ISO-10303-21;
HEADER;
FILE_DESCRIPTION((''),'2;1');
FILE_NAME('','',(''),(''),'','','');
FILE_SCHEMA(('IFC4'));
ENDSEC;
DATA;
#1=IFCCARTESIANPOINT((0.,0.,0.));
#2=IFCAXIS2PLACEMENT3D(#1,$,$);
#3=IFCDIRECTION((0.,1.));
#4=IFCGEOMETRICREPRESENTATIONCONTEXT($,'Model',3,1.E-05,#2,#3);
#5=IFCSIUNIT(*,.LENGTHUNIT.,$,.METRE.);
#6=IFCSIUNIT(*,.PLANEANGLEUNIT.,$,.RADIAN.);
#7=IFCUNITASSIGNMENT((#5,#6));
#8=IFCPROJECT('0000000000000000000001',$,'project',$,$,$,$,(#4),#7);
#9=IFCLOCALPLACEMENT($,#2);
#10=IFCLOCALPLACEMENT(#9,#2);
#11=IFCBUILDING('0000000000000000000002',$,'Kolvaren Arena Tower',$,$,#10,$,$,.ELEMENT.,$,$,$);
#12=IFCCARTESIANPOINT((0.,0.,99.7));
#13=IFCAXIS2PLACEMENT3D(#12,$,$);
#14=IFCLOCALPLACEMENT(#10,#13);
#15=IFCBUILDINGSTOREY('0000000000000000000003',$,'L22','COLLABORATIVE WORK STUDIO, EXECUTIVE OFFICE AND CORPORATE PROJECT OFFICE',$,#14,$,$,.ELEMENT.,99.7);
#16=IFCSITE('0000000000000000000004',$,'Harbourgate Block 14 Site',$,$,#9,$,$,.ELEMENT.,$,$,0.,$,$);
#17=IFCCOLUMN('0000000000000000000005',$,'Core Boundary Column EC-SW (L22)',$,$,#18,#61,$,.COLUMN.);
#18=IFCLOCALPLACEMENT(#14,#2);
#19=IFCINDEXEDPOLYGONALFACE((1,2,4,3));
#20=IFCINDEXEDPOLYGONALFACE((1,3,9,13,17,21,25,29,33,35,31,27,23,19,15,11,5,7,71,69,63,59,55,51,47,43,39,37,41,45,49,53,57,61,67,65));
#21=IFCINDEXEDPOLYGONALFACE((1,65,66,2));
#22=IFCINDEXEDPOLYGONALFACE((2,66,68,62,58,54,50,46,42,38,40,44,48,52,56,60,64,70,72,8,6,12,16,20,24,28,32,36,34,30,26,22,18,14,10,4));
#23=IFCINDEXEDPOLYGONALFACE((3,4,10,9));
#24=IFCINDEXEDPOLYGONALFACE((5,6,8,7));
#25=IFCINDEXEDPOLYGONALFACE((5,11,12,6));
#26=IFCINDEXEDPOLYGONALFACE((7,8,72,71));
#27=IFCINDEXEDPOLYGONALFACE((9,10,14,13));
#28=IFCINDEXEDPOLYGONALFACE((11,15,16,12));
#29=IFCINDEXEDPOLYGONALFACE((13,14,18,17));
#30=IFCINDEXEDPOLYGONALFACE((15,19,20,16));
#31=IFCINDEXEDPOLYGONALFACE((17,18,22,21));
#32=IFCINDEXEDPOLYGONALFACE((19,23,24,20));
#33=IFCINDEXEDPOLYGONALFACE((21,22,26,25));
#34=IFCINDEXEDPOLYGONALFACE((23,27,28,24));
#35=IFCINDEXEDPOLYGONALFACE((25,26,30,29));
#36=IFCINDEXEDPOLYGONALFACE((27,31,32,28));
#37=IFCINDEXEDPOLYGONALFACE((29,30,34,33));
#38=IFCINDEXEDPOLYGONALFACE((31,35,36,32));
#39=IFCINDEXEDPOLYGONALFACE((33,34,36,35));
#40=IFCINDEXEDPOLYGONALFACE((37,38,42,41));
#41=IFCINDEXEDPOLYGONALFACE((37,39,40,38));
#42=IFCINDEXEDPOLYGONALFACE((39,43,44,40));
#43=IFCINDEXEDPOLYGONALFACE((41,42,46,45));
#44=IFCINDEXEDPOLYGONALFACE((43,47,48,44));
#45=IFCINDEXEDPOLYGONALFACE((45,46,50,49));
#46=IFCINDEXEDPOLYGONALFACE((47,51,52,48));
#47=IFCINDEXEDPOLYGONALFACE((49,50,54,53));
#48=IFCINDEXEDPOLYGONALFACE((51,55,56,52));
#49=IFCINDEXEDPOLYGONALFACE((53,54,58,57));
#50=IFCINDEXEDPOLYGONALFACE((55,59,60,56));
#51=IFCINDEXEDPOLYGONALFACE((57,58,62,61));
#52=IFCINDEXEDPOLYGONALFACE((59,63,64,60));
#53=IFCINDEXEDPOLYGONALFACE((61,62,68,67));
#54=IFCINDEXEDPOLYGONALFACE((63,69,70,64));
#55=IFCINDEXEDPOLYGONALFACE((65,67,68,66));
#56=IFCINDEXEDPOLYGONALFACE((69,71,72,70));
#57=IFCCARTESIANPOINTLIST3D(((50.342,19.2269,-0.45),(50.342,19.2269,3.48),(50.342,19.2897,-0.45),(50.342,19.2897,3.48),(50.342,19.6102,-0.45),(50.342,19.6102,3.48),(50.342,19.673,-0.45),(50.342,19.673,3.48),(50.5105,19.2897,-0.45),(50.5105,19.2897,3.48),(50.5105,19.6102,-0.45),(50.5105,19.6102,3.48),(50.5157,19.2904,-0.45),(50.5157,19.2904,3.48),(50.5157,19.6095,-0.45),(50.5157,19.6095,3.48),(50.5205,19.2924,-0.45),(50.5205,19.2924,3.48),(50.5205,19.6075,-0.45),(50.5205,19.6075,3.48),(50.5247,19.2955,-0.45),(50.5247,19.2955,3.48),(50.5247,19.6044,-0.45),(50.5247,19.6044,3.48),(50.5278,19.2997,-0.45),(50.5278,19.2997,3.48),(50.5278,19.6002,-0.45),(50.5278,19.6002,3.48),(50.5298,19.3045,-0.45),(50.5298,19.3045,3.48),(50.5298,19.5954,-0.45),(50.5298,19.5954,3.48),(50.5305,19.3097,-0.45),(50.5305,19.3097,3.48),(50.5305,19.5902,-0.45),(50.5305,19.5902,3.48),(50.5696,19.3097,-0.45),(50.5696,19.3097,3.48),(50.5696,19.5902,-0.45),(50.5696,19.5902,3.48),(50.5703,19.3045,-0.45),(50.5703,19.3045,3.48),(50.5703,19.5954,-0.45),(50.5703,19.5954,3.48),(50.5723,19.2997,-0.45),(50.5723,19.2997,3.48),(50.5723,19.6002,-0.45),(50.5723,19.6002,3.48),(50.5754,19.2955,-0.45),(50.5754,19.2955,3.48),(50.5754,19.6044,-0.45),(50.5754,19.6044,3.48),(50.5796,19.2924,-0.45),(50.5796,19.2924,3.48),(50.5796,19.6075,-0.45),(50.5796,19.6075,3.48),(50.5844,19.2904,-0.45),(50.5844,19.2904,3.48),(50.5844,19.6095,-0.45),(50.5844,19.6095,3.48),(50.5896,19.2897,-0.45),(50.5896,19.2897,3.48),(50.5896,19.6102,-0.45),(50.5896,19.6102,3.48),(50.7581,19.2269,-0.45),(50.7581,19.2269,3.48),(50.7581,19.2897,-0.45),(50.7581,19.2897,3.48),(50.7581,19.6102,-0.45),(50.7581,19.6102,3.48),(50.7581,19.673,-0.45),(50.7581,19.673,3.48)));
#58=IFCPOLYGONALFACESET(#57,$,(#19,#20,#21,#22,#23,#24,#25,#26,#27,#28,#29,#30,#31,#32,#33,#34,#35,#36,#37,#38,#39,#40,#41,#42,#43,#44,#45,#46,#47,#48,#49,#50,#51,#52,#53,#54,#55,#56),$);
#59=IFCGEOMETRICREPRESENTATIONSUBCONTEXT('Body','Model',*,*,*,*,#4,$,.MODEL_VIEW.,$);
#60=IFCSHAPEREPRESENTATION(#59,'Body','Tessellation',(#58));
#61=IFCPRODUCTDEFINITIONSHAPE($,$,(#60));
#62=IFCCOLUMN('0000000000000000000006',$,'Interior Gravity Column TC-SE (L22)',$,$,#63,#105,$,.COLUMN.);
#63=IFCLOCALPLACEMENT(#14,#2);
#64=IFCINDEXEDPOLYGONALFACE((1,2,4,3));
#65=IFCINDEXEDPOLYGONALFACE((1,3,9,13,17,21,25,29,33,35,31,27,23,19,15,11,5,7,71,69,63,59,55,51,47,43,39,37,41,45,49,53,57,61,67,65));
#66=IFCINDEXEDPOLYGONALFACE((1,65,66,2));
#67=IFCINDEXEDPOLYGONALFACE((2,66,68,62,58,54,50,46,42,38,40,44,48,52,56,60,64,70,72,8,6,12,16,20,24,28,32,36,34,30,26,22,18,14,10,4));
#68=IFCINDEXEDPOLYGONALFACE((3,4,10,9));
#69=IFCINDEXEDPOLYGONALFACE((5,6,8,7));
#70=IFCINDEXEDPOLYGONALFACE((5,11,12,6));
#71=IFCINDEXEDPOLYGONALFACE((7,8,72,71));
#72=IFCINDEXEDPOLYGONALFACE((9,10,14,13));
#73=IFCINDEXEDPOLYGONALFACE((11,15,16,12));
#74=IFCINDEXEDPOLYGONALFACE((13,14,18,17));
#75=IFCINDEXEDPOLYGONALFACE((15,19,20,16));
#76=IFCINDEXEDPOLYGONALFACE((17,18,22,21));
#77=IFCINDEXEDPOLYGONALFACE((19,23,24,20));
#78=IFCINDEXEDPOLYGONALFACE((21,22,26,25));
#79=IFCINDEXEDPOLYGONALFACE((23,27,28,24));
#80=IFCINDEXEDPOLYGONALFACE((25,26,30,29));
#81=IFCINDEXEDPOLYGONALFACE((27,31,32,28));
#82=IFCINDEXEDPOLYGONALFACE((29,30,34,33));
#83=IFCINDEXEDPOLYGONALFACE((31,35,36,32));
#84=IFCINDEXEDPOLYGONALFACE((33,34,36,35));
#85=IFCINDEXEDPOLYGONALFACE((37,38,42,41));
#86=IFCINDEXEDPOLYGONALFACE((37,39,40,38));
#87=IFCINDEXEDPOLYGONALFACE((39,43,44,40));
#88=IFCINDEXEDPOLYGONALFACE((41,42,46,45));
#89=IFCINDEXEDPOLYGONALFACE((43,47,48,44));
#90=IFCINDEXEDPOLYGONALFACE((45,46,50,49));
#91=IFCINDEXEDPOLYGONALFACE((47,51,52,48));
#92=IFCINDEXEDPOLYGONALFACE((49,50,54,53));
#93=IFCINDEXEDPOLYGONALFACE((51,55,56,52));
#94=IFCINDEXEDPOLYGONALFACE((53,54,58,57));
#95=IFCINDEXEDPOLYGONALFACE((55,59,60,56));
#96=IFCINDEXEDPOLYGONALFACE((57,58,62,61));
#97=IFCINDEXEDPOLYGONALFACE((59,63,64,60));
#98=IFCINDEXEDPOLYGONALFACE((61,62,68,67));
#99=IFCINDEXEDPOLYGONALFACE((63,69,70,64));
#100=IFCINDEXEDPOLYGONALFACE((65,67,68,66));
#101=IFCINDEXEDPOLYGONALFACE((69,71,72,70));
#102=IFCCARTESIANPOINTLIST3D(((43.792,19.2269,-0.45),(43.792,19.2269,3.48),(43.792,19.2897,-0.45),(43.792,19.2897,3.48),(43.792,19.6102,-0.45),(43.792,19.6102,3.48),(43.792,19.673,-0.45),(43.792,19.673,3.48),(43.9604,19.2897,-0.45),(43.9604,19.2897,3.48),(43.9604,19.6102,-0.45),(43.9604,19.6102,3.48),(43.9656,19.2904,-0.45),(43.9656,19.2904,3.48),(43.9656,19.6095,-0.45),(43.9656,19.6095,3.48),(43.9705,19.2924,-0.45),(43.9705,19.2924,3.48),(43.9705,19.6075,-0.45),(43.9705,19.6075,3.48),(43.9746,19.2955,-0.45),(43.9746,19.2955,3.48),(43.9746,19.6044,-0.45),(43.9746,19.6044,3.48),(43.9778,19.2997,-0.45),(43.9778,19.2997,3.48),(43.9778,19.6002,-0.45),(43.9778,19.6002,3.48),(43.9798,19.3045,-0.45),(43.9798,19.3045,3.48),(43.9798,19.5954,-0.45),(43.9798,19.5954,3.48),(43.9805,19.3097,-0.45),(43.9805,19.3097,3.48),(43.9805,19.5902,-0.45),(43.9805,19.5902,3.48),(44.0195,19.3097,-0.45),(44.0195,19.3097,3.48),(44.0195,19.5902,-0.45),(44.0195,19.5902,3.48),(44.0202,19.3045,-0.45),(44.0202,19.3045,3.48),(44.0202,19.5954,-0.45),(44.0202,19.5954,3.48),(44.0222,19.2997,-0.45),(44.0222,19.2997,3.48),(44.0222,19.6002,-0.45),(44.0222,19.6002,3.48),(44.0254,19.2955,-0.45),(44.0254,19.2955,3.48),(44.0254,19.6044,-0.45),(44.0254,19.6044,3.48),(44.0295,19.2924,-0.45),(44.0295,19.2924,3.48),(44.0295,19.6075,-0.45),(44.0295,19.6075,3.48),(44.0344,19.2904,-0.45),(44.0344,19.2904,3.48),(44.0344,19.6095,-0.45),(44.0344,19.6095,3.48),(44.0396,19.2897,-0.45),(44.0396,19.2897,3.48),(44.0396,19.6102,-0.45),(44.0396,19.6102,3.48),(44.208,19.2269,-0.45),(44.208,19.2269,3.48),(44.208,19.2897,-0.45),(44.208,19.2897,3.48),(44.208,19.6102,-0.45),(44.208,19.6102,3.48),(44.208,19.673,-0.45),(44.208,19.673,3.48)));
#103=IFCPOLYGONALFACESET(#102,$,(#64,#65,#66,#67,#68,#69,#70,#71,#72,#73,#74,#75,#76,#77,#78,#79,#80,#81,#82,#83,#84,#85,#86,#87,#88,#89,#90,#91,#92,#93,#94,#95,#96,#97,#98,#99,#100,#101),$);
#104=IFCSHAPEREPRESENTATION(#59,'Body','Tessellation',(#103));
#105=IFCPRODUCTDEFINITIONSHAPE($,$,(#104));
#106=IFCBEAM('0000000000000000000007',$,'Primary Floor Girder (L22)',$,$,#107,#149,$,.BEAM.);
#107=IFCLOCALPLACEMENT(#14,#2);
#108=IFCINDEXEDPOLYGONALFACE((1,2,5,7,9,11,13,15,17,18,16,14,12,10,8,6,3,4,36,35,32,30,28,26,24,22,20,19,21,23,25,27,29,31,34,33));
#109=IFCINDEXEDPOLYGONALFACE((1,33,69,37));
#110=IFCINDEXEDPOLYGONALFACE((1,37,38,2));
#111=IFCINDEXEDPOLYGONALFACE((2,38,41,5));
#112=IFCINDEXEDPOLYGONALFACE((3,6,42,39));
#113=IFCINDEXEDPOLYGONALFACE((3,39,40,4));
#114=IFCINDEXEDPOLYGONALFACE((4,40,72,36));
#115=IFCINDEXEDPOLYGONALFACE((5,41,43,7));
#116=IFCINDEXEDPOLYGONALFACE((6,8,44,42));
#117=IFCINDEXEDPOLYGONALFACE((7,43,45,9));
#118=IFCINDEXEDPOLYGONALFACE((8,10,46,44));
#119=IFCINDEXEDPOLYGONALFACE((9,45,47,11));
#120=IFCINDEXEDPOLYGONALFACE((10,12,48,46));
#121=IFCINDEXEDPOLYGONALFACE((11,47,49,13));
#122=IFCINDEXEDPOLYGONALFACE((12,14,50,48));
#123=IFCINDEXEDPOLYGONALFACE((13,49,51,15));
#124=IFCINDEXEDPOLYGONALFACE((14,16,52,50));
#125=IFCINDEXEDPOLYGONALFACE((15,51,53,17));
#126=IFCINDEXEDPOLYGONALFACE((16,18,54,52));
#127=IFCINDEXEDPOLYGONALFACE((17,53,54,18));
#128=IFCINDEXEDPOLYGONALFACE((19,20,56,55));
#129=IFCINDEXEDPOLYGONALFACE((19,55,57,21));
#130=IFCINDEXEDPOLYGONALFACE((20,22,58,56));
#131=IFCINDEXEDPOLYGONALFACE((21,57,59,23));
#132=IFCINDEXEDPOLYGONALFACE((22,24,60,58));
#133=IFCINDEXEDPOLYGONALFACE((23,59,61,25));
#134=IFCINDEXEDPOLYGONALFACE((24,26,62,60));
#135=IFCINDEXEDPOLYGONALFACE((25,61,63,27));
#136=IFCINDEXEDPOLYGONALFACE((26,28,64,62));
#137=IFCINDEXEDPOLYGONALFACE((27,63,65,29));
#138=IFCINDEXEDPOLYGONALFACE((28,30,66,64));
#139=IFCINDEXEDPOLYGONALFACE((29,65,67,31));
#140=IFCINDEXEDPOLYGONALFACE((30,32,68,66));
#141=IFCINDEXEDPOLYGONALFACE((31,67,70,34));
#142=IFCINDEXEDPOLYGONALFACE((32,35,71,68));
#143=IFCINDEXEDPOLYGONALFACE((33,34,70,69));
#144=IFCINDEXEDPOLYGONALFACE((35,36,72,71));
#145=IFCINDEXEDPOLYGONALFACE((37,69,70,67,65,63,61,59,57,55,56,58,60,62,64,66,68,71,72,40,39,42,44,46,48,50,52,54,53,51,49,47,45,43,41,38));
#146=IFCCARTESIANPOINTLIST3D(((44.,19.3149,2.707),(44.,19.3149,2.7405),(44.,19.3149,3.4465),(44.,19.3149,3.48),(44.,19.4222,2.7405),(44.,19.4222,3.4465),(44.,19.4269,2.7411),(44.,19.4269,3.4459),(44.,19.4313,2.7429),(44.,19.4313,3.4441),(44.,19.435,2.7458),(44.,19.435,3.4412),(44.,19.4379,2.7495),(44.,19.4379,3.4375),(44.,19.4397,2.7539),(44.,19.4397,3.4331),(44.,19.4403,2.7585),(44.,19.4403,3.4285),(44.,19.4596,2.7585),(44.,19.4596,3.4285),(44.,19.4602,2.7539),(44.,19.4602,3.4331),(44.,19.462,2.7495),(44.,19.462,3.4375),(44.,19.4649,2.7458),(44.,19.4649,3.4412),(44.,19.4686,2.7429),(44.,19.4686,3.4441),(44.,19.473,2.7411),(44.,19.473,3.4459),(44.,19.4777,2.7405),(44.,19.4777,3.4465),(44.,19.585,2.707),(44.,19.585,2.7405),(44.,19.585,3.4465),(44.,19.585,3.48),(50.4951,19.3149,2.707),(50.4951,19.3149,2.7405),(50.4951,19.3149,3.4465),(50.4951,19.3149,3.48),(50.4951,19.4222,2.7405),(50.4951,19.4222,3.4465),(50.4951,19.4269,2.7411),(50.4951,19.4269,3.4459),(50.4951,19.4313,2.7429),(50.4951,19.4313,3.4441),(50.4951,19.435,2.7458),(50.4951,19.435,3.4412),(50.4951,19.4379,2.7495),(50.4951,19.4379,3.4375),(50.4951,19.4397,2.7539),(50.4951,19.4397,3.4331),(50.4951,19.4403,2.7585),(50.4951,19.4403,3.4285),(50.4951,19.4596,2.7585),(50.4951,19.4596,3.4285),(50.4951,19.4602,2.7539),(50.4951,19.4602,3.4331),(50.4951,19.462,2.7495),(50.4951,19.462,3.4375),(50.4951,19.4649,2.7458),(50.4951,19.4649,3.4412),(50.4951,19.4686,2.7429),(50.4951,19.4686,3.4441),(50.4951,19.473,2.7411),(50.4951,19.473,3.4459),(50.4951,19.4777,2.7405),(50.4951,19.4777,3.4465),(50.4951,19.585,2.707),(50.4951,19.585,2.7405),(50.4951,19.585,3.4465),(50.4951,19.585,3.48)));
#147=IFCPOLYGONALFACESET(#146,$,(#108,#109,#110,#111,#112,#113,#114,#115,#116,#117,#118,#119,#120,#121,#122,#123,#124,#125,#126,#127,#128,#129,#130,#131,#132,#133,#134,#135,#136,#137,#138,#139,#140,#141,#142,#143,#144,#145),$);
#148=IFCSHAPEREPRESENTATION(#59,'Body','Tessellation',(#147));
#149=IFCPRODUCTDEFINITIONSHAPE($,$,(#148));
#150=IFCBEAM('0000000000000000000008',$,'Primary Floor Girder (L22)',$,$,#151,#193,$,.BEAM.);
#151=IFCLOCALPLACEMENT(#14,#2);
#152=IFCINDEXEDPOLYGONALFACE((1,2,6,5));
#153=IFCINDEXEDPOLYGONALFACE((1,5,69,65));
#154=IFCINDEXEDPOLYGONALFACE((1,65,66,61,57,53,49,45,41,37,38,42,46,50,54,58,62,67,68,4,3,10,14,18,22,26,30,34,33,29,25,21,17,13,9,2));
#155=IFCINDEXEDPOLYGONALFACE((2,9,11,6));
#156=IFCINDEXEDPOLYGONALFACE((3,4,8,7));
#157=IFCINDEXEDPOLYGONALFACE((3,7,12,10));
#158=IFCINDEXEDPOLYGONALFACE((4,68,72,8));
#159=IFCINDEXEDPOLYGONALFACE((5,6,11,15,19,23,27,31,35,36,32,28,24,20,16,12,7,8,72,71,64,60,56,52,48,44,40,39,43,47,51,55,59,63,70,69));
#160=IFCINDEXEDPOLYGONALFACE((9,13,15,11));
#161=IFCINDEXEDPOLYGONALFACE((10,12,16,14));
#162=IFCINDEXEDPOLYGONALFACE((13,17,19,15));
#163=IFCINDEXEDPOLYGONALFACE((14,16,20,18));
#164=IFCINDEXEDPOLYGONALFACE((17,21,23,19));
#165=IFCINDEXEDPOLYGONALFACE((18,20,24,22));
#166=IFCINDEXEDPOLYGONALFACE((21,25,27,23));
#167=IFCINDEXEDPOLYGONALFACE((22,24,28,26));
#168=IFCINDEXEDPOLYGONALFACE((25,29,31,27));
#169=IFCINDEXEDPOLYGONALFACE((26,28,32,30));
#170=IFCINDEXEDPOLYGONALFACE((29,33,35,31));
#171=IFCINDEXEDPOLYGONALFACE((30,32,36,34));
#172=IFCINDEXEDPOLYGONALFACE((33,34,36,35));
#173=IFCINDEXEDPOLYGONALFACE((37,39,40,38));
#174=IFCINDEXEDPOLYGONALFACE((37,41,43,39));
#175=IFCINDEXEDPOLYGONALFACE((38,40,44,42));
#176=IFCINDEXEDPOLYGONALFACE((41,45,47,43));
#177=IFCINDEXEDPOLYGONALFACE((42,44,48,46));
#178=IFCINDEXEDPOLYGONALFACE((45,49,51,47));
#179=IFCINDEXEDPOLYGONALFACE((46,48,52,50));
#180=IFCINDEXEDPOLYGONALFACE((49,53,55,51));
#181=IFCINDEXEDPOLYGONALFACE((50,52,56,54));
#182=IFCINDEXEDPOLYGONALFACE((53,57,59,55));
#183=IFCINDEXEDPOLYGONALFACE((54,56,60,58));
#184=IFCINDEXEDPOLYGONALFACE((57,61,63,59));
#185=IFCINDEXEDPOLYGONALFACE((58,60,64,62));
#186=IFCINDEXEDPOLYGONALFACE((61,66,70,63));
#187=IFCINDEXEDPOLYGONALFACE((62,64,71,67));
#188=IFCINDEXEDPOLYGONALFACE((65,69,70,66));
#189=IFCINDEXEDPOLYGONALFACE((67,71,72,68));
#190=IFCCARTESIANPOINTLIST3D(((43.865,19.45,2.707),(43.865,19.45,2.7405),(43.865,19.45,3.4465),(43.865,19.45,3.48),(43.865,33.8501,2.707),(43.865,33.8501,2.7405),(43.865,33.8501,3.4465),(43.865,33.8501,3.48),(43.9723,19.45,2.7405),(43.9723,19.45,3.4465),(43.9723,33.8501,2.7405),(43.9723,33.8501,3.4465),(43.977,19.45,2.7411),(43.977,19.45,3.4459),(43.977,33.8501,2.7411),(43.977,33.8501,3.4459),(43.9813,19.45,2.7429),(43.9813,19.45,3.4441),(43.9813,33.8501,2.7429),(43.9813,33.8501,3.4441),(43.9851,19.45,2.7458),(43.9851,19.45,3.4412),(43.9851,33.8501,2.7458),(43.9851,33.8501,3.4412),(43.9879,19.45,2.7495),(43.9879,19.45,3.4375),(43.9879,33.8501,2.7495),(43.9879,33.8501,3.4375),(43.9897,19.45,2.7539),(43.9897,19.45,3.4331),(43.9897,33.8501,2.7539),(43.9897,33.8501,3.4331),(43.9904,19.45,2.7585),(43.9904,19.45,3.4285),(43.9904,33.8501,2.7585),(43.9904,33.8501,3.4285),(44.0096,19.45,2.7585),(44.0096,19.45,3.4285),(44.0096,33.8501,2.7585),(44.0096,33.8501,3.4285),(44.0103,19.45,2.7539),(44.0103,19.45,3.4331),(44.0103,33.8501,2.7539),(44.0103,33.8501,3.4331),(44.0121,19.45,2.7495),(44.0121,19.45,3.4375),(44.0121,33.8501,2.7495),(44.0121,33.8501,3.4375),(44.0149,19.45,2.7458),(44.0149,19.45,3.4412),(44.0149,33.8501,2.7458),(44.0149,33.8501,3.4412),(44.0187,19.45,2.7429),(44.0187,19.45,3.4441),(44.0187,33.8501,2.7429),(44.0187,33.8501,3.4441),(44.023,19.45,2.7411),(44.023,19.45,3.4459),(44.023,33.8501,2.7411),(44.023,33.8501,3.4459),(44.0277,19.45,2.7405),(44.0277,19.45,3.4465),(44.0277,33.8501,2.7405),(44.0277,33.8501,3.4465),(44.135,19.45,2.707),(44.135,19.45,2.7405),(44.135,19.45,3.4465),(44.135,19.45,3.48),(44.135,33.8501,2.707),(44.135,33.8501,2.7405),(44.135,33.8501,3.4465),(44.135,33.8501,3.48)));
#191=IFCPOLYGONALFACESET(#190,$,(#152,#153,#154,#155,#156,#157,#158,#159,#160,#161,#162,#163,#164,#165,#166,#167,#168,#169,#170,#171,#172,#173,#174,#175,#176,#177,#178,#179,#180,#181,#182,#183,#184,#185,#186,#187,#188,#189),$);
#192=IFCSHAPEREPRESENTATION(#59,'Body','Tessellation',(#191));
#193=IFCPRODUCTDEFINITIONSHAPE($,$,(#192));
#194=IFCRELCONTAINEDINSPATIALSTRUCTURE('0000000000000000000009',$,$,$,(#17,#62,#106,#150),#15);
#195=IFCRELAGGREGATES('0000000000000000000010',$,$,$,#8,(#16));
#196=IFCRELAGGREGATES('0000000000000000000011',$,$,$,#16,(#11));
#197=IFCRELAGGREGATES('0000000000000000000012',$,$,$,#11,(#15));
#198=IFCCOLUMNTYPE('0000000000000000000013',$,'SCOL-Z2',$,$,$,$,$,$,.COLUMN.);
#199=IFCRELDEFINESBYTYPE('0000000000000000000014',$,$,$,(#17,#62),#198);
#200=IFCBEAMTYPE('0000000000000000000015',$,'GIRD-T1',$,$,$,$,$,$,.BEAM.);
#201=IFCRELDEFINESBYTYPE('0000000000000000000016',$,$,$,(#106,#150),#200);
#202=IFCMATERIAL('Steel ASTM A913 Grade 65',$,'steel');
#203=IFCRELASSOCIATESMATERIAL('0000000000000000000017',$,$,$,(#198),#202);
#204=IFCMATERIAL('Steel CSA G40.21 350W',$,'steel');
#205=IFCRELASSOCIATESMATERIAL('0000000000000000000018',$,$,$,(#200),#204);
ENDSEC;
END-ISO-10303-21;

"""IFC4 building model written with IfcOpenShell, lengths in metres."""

from ifc_helpers import new_model, si_unit, direction, frame, origin, origin_2d, place, context, subcontext, project, spatial, i_section, extrude, material, material_profile, profile_set, type_object, element, save


model = new_model("IFC4")

# Units and contexts
model_context = context("Model", 3, precision=1e-05, world=origin(), true_north=direction((0.0, 1.0)))
body_context = subcontext(model_context, "Body", "Model", "MODEL_VIEW")
ifc_project = project(units=[si_unit("LENGTHUNIT", "METRE"), si_unit("PLANEANGLEUNIT", "RADIAN")], contexts=[model_context])

# Site, building, storey
site_placement = place(None, origin())
site = spatial("IfcSite", under=ifc_project, at=site_placement, Name="Harbourgate Block 14 Site", CompositionType="ELEMENT", RefElevation=0.0)
building_placement = place(site_placement, origin())
building = spatial("IfcBuilding", under=site, at=building_placement, Name="Kolvaren Arena Tower", CompositionType="ELEMENT")
storey_placement = place(building_placement, frame((0.0, 0.0, 99.7)))
storey = spatial("IfcBuildingStorey", under=building, at=storey_placement, Name="L22", Description="COLLABORATIVE WORK STUDIO, EXECUTIVE OFFICE AND CORPORATE PROJECT OFFICE", CompositionType="ELEMENT", Elevation=99.7)

# Columns
ifc_material_1 = material(Name="Steel ASTM A913 Grade 65", Category="steel")
ifc_material_profile_1 = material_profile(ifc_material_1, i_section(OverallWidth=0.416, OverallDepth=0.446, WebThickness=0.0391, FlangeThickness=0.0627, FilletRadius=0.02, at=origin_2d()), Name="W360x509")
ifc_profile_set_1 = profile_set([ifc_material_profile_1], Name="Steel ASTM A913 Grade 65")
column_type = type_object("IfcColumnType", Name="SCOL-Z2", PredefinedType="COLUMN", material=ifc_profile_set_1)
for number, where, z_axis, x_axis, name in (
    (1, (50.55, 19.45, -0.45), (0.0, 0.0, 1.0), (1.0, 0.0, 0.0), "Core Boundary Column EC-SW (L22)"),
    (2, (44.0, 19.45, -0.45), (0.0, 0.0, 1.0), (1.0, 0.0, 0.0), "Interior Gravity Column TC-SE (L22)"),
):
    element("IfcColumn", number, at=place(storey_placement, frame(where, z_axis=z_axis, x_axis=x_axis)), inside=storey, type_object=column_type, Name=name, PredefinedType="COLUMN", context=body_context, shape_type="SweptSolid", body=[
        extrude(i_section(OverallWidth=0.416, OverallDepth=0.446, WebThickness=0.0391, FlangeThickness=0.0627, FilletRadius=0.02, at=origin_2d()), origin(), (0.0, 0.0, 1.0), 3.9299),
    ])

# Beams
ifc_material_2 = material(Name="Steel CSA G40.21 350W", Category="steel")
ifc_material_profile_2 = material_profile(ifc_material_2, i_section(OverallWidth=0.27, OverallDepth=0.7729, WebThickness=0.0193, FlangeThickness=0.0334, FilletRadius=0.0181, at=origin_2d()), Name="W760x257")
ifc_profile_set_2 = profile_set([ifc_material_profile_2], Name="Steel CSA G40.21 350W")
beam_type_1 = type_object("IfcBeamType", Name="GIRD-T1", PredefinedType="BEAM", material=ifc_profile_set_2)
beam_1_placement = place(storey_placement, frame((44.0, 19.45, 3.0935), z_axis=(1.0, 0.0, 0.0), x_axis=(0.0, 1.0, 0.0)))
element("IfcBeam", 3, at=beam_1_placement, inside=storey, type_object=beam_type_1, Name="Primary Floor Girder (L22)", PredefinedType="BEAM", context=body_context, shape_type="SweptSolid", body=[
    extrude(i_section(OverallWidth=0.27, OverallDepth=0.7729, WebThickness=0.0193, FlangeThickness=0.0334, FilletRadius=0.0181, at=origin_2d()), origin(), (0.0, 0.0, 1.0), 6.4951),
])
beam_2_placement = place(storey_placement, frame((44.0, 19.45, 3.0935), z_axis=(0.0, 1.0, 0.0), x_axis=(-1.0, 0.0, 0.0)))
element("IfcBeam", 4, at=beam_2_placement, inside=storey, type_object=beam_type_1, Name="Primary Floor Girder (L22)", PredefinedType="BEAM", context=body_context, shape_type="SweptSolid", body=[
    extrude(i_section(OverallWidth=0.27, OverallDepth=0.7729, WebThickness=0.0193, FlangeThickness=0.0334, FilletRadius=0.0181, at=origin_2d()), origin(), (0.0, 0.0, 1.0), 14.4001),
])

save(model, "model.ifc")
